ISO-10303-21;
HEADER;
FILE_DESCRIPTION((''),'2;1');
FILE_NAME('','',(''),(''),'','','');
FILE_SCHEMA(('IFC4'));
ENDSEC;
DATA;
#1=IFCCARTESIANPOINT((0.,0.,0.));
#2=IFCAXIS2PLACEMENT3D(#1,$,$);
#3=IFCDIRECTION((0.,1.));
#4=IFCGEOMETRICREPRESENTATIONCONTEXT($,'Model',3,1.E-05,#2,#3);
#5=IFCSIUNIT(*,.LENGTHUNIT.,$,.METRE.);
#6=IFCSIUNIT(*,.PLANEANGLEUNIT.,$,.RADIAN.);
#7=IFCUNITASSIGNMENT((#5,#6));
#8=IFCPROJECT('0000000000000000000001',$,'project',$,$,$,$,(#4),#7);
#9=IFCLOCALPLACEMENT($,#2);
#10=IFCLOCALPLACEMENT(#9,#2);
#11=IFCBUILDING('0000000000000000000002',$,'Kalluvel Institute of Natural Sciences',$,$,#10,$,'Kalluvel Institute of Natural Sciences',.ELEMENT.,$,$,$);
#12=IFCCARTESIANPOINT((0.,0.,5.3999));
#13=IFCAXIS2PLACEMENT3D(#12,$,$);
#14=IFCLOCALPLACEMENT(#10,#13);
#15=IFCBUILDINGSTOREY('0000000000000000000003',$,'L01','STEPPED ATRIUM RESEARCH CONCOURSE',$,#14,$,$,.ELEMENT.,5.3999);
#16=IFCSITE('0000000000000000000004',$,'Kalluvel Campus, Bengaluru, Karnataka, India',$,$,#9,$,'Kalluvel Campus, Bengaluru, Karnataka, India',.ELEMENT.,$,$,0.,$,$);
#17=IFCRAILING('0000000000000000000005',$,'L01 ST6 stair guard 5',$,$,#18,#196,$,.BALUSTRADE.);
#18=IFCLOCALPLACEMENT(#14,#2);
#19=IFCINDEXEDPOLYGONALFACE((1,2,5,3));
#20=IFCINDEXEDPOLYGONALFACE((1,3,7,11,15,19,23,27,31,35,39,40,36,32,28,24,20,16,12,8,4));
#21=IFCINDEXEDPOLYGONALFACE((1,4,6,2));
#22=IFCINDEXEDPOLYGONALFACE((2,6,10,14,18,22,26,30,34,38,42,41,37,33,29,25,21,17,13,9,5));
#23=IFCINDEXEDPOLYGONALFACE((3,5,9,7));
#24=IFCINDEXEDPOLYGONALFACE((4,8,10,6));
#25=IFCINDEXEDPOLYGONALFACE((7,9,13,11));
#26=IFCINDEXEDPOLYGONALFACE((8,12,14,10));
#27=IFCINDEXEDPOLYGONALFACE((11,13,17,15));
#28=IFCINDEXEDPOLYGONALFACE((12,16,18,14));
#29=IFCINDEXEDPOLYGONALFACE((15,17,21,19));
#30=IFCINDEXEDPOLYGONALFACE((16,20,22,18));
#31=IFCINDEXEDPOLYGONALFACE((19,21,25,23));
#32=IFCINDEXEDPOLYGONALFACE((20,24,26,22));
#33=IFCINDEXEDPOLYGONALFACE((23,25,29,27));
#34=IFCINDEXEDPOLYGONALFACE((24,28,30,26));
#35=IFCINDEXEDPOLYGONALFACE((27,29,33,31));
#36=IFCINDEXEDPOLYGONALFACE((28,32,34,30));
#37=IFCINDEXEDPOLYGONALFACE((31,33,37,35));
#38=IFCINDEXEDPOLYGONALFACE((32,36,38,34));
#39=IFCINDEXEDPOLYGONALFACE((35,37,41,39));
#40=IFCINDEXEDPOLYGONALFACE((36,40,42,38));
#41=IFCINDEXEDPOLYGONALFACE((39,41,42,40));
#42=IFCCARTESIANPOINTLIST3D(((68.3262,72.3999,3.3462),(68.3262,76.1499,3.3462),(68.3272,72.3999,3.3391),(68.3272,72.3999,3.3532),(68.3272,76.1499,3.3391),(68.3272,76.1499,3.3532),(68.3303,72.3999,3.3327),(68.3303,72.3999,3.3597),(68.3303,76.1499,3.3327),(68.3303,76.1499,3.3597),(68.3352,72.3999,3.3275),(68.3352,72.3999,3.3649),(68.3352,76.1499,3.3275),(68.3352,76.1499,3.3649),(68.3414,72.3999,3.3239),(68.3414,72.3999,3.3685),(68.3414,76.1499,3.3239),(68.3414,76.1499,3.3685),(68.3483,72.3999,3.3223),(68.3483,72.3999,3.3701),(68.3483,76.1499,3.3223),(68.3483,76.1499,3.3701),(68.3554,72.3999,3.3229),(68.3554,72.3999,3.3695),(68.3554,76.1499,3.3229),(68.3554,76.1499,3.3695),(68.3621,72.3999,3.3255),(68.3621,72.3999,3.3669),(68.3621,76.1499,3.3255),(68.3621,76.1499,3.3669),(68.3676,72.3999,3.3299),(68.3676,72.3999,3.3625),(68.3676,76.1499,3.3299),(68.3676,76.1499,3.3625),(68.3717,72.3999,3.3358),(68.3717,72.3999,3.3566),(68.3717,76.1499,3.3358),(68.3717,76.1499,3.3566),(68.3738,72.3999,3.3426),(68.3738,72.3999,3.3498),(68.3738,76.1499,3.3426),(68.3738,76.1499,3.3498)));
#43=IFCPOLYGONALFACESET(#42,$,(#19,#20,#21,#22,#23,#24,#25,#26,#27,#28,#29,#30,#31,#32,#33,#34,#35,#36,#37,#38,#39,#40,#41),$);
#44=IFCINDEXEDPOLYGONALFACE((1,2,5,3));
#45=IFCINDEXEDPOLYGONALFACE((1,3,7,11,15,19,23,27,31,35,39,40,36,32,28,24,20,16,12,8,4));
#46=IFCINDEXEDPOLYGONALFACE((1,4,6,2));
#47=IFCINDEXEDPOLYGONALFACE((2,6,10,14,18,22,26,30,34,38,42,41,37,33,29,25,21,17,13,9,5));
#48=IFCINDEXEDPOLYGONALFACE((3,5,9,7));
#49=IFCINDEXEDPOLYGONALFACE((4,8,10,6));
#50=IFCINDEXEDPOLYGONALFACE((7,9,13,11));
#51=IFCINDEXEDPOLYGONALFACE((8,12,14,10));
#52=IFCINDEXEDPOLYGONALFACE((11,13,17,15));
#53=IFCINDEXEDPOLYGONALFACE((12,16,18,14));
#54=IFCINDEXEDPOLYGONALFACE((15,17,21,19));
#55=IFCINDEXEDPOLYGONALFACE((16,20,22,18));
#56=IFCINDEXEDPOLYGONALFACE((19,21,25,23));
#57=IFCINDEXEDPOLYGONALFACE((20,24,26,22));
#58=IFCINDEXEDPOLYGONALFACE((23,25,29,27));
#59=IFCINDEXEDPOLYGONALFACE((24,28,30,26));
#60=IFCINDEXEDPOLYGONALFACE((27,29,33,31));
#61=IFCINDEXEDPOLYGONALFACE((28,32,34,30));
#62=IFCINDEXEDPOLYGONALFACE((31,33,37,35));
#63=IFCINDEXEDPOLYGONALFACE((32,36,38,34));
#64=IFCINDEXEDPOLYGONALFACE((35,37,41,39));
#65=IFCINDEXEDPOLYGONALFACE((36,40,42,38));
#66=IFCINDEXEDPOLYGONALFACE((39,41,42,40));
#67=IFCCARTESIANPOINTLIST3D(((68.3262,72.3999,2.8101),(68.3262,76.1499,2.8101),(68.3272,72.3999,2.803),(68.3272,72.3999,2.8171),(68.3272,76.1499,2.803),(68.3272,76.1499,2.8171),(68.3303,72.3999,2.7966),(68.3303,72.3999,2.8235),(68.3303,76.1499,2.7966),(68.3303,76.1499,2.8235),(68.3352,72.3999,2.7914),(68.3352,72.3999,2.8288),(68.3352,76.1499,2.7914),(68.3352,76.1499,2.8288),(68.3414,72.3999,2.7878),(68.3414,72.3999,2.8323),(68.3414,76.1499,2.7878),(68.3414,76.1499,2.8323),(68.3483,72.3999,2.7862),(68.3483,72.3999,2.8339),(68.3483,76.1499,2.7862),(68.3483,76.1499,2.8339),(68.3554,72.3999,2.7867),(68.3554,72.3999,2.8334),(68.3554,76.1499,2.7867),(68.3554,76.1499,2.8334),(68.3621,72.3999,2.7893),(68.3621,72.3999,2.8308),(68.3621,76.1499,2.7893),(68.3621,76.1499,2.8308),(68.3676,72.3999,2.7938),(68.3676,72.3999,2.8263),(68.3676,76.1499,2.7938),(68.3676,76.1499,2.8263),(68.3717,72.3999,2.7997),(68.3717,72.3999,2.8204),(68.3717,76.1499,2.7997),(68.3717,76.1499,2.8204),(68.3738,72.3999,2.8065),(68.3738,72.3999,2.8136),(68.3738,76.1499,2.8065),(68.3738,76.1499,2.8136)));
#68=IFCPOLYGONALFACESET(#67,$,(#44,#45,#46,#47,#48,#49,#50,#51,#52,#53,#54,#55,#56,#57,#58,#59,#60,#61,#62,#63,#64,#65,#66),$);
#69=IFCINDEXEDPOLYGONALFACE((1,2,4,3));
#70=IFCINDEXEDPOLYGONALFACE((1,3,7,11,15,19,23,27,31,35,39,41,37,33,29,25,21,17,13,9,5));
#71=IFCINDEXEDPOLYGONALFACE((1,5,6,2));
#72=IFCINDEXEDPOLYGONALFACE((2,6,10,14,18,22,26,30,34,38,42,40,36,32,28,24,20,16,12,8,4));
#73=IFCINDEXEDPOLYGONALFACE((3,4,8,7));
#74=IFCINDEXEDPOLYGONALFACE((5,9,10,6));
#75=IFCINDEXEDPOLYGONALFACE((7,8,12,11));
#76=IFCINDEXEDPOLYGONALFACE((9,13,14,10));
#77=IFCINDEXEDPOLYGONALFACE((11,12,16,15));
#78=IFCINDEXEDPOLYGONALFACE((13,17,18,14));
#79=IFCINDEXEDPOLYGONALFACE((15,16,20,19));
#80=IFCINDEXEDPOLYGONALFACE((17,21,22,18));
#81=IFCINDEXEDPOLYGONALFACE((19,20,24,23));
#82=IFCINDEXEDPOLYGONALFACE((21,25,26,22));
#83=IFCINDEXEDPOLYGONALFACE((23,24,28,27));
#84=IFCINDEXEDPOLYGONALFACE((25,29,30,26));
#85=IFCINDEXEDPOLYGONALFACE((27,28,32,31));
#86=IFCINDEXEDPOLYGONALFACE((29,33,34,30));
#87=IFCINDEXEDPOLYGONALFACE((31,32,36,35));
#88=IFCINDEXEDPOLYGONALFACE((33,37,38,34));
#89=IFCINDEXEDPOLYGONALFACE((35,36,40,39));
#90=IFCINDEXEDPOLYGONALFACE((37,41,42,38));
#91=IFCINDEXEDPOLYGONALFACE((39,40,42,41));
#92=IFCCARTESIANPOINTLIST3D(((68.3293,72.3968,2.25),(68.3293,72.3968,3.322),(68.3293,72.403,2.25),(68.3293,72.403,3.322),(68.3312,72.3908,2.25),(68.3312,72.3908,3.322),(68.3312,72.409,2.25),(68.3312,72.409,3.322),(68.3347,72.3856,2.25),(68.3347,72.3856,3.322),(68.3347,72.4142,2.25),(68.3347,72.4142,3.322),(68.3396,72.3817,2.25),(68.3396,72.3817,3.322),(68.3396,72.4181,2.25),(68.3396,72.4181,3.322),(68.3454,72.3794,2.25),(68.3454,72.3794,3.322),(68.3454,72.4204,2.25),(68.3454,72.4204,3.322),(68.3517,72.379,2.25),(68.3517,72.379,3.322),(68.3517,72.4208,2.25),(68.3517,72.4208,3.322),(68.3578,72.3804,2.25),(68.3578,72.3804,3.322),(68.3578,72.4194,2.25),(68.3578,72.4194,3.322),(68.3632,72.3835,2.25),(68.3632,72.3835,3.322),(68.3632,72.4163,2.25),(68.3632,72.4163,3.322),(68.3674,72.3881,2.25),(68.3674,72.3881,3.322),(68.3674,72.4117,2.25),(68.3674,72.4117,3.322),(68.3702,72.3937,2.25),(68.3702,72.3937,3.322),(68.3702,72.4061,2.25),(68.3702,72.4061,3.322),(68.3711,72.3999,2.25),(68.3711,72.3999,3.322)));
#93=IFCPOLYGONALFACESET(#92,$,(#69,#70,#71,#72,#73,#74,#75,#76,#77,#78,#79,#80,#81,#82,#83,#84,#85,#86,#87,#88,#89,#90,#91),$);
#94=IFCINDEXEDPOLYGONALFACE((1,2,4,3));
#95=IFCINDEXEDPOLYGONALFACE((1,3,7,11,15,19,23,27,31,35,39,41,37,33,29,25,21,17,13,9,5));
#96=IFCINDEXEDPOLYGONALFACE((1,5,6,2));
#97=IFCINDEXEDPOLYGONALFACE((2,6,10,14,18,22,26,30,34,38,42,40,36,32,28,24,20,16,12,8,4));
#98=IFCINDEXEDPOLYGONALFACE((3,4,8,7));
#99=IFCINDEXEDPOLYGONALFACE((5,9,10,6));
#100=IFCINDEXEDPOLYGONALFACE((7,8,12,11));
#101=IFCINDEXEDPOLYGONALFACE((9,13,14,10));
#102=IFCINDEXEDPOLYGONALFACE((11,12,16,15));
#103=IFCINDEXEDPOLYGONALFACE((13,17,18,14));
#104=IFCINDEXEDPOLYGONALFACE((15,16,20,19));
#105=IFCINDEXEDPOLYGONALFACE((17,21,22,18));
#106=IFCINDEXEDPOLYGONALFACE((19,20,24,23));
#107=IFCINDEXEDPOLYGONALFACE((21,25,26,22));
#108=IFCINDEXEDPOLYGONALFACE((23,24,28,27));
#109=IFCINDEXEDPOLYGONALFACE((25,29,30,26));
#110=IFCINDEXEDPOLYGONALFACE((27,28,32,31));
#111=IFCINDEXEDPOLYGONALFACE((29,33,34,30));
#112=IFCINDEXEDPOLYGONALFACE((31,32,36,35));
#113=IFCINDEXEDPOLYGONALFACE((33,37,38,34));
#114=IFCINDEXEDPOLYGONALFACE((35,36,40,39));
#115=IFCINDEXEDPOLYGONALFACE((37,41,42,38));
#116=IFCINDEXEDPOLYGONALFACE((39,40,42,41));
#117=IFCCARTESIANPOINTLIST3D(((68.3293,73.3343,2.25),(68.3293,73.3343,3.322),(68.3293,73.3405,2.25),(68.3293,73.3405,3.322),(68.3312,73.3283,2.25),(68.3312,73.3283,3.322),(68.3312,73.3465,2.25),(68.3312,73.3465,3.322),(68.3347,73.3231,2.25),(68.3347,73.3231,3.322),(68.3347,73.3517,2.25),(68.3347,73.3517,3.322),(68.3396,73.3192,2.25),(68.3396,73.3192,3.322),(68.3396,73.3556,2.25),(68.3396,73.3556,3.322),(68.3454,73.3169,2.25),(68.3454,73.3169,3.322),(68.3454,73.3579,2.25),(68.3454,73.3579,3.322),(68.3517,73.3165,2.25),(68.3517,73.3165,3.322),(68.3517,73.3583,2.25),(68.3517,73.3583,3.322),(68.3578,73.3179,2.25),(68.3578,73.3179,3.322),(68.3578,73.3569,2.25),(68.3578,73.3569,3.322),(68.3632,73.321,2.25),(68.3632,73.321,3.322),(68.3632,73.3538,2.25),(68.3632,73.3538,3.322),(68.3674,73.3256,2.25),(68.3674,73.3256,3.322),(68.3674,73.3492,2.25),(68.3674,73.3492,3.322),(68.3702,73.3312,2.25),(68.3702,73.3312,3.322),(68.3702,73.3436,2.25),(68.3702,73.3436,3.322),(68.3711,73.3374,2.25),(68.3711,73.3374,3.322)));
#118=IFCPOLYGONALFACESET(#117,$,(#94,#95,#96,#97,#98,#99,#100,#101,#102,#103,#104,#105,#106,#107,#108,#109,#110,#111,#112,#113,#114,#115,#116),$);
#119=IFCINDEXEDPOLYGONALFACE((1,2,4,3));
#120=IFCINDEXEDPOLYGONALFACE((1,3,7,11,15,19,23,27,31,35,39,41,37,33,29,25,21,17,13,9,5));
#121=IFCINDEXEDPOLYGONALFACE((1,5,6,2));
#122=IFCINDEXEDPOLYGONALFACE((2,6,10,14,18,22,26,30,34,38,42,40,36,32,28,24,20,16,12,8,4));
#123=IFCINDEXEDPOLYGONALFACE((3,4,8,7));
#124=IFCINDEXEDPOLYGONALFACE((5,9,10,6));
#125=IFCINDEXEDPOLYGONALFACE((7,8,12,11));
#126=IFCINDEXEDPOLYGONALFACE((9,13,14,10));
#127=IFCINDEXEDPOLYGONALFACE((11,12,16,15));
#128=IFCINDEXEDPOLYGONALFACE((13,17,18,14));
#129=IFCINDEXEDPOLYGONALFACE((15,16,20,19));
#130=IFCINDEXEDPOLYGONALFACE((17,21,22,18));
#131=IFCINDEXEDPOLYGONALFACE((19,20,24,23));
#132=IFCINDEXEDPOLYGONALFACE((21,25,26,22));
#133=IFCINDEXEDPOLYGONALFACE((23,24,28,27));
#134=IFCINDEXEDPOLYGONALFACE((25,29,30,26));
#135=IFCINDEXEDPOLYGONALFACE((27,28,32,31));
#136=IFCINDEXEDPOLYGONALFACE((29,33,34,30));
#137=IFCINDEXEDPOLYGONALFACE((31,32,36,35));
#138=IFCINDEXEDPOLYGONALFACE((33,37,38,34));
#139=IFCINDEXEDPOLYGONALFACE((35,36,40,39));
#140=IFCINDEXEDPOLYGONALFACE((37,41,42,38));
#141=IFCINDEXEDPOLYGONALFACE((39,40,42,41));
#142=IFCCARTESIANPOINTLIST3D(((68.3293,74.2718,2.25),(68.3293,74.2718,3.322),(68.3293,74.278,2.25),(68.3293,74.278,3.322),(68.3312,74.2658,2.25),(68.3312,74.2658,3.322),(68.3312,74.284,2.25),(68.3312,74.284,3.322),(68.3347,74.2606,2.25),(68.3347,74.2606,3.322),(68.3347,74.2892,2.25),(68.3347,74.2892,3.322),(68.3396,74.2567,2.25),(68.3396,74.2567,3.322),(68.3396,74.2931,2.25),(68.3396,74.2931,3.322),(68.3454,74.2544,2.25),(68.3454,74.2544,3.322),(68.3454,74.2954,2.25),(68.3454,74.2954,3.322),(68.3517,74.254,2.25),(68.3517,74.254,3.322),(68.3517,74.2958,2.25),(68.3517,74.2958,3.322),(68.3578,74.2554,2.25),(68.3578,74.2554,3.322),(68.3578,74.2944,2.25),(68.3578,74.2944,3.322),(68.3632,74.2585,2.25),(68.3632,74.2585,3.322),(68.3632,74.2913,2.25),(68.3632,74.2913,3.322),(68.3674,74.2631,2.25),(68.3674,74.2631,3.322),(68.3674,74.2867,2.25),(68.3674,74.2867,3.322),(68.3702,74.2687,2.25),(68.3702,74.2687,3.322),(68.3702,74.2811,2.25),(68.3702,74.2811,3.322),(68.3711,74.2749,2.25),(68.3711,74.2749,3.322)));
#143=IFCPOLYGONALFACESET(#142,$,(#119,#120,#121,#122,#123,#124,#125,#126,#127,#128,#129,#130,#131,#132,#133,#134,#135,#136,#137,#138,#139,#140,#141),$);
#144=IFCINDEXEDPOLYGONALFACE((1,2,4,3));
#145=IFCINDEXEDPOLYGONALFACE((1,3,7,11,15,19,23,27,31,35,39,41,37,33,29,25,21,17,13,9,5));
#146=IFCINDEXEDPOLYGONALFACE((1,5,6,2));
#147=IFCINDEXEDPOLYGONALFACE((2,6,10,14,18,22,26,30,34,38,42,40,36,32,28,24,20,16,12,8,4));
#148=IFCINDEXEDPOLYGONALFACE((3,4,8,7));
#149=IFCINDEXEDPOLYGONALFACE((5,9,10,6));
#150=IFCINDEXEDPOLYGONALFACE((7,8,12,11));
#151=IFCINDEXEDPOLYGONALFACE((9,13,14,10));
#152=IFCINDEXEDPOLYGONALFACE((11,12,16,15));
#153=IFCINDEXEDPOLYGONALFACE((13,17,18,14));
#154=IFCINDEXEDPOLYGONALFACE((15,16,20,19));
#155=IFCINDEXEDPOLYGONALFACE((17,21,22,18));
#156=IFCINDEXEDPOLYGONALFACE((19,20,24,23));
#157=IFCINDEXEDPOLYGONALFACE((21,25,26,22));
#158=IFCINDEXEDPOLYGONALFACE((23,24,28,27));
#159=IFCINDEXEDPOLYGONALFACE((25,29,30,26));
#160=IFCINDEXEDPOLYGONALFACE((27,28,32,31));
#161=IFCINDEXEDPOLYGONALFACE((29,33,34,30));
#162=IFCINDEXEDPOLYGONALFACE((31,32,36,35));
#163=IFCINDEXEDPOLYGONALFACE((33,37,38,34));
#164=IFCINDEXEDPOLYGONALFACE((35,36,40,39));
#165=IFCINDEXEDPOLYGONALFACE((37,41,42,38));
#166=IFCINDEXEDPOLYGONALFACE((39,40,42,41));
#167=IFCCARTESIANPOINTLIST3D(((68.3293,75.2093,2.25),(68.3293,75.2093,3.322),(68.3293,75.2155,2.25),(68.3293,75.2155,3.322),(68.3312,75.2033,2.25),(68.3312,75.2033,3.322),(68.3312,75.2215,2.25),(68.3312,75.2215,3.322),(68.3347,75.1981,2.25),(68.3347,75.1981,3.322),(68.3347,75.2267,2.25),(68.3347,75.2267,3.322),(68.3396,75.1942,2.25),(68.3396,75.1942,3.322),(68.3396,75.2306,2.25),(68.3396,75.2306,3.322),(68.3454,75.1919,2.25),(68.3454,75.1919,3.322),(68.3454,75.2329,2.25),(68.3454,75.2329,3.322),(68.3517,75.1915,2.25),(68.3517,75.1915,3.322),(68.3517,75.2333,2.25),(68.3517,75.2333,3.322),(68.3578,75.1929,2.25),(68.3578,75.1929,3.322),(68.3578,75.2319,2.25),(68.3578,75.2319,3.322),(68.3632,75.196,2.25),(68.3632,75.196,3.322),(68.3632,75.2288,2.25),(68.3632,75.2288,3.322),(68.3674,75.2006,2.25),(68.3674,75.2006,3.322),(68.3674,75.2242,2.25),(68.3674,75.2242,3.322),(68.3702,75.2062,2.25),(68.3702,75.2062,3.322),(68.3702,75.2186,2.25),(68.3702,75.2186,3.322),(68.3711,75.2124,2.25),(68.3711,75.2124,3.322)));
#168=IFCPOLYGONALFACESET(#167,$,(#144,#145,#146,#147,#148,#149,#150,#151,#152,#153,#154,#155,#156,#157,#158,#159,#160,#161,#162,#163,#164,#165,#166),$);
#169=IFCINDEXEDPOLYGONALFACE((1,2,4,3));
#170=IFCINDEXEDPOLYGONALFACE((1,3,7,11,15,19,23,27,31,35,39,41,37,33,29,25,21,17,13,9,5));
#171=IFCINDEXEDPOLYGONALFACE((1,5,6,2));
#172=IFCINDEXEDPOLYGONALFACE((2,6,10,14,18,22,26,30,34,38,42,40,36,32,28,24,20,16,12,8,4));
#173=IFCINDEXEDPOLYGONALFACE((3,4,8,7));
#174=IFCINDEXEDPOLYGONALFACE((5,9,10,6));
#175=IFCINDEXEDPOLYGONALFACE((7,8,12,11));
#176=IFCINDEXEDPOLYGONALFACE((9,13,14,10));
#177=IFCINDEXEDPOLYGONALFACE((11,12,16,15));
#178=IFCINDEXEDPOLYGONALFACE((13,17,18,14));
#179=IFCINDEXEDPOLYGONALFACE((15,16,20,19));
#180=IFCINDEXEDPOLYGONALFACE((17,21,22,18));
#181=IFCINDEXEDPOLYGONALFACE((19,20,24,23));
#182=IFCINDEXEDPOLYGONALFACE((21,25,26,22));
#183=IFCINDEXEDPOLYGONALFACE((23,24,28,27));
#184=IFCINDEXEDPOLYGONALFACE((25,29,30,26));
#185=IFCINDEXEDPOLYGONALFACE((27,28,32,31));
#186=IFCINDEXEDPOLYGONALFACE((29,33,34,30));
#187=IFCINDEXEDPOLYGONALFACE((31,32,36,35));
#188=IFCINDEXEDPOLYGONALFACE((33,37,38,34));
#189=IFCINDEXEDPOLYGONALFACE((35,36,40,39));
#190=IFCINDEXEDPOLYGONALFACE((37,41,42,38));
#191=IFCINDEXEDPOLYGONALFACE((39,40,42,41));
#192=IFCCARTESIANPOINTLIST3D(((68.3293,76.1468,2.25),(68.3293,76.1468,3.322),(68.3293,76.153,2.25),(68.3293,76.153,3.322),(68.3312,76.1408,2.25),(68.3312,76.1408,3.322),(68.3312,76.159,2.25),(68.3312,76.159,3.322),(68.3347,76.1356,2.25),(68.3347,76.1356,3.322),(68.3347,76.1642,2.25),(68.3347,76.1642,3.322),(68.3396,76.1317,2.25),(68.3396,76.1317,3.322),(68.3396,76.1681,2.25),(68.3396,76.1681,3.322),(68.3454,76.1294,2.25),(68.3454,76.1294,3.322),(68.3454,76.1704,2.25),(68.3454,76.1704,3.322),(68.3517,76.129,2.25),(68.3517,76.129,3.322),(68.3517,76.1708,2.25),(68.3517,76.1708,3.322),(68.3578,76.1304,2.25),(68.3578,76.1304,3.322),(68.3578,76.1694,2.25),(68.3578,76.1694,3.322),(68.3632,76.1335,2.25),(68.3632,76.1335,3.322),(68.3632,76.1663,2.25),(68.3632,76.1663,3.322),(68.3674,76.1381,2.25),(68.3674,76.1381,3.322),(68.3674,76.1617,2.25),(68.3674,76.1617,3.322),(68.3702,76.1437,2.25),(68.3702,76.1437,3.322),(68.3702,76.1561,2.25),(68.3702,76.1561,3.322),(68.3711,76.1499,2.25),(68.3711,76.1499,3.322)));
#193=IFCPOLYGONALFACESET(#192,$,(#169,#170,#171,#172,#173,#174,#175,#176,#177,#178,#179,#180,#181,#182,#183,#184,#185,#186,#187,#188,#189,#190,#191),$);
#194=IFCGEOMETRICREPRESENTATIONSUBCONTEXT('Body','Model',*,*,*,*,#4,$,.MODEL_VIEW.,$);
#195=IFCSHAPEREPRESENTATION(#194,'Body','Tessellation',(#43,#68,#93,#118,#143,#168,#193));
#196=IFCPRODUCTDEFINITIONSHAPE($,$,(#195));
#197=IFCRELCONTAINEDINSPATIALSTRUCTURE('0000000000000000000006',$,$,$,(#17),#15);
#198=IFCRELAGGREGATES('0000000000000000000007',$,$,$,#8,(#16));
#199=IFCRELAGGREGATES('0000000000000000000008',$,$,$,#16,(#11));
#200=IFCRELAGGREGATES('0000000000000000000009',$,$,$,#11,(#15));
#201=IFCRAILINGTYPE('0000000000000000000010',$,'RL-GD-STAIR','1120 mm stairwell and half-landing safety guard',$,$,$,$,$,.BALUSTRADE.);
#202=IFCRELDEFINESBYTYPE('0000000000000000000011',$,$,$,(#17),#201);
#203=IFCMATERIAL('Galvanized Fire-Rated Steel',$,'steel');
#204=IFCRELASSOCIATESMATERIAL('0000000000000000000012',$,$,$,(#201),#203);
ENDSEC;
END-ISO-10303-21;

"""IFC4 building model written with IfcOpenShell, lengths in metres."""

from ifc_helpers import new_model, si_unit, direction, frame, origin, origin_2d, place, context, subcontext, project, spatial, circle, extrude, material, type_object, element, save


model = new_model("IFC4")

# Units and contexts
model_context = context("Model", 3, precision=1e-05, world=origin(), true_north=direction((0.0, 1.0)))
body_context = subcontext(model_context, "Body", "Model", "MODEL_VIEW")
ifc_project = project(units=[si_unit("LENGTHUNIT", "METRE"), si_unit("PLANEANGLEUNIT", "RADIAN")], contexts=[model_context])

# Site, building, storey
site_placement = place(None, origin())
site = spatial("IfcSite", under=ifc_project, at=site_placement, Name="Kalluvel Campus, Bengaluru, Karnataka, India", LongName="Kalluvel Campus, Bengaluru, Karnataka, India", CompositionType="ELEMENT", RefElevation=0.0)
building_placement = place(site_placement, origin())
building = spatial("IfcBuilding", under=site, at=building_placement, Name="Kalluvel Institute of Natural Sciences", LongName="Kalluvel Institute of Natural Sciences", CompositionType="ELEMENT")
storey_placement = place(building_placement, frame((0.0, 0.0, 5.3999)))
storey = spatial("IfcBuildingStorey", under=building, at=storey_placement, Name="L01", Description="STEPPED ATRIUM RESEARCH CONCOURSE", CompositionType="ELEMENT", Elevation=5.3999)

# Railing
ifc_material_1 = material(Name="Galvanized Fire-Rated Steel", Category="steel")
railing_type_1 = type_object("IfcRailingType", Name="RL-GD-STAIR", Description="1120 mm stairwell and half-landing safety guard", PredefinedType="BALUSTRADE", material=ifc_material_1)
railing_1_placement = place(storey_placement, frame((68.3501, 72.3999, 2.25)))
element("IfcRailing", 1, at=railing_1_placement, inside=storey, type_object=railing_type_1, Name="L01 ST6 stair guard 5", PredefinedType="BALUSTRADE", context=body_context, shape_type="SweptSolid", body=[
    extrude(circle(Radius=0.0239, at=origin_2d()), frame((0.0, 0.0, 1.0962), z_axis=(0.0, 1.0, 0.0), x_axis=(-1.0, 0.0, 0.0)), (0.0, 0.0, 1.0), 3.75),
    extrude(circle(Radius=0.0239, at=origin_2d()), frame((0.0, 0.0, 0.5601), z_axis=(0.0, 1.0, 0.0), x_axis=(-1.0, 0.0, 0.0)), (0.0, 0.0, 1.0), 3.75),
    extrude(circle(Radius=0.021, at=origin_2d()), origin(), (0.0, 0.0, 1.0), 1.072),
    extrude(circle(Radius=0.021, at=origin_2d()), frame((0.0, 0.9375, 0.0)), (0.0, 0.0, 1.0), 1.072),
    extrude(circle(Radius=0.021, at=origin_2d()), frame((0.0, 1.875, 0.0)), (0.0, 0.0, 1.0), 1.072),
    extrude(circle(Radius=0.021, at=origin_2d()), frame((0.0, 2.8125, 0.0)), (0.0, 0.0, 1.0), 1.072),
    extrude(circle(Radius=0.021, at=origin_2d()), frame((0.0, 3.75, 0.0)), (0.0, 0.0, 1.0), 1.072),
])

save(model, "model.ifc")
